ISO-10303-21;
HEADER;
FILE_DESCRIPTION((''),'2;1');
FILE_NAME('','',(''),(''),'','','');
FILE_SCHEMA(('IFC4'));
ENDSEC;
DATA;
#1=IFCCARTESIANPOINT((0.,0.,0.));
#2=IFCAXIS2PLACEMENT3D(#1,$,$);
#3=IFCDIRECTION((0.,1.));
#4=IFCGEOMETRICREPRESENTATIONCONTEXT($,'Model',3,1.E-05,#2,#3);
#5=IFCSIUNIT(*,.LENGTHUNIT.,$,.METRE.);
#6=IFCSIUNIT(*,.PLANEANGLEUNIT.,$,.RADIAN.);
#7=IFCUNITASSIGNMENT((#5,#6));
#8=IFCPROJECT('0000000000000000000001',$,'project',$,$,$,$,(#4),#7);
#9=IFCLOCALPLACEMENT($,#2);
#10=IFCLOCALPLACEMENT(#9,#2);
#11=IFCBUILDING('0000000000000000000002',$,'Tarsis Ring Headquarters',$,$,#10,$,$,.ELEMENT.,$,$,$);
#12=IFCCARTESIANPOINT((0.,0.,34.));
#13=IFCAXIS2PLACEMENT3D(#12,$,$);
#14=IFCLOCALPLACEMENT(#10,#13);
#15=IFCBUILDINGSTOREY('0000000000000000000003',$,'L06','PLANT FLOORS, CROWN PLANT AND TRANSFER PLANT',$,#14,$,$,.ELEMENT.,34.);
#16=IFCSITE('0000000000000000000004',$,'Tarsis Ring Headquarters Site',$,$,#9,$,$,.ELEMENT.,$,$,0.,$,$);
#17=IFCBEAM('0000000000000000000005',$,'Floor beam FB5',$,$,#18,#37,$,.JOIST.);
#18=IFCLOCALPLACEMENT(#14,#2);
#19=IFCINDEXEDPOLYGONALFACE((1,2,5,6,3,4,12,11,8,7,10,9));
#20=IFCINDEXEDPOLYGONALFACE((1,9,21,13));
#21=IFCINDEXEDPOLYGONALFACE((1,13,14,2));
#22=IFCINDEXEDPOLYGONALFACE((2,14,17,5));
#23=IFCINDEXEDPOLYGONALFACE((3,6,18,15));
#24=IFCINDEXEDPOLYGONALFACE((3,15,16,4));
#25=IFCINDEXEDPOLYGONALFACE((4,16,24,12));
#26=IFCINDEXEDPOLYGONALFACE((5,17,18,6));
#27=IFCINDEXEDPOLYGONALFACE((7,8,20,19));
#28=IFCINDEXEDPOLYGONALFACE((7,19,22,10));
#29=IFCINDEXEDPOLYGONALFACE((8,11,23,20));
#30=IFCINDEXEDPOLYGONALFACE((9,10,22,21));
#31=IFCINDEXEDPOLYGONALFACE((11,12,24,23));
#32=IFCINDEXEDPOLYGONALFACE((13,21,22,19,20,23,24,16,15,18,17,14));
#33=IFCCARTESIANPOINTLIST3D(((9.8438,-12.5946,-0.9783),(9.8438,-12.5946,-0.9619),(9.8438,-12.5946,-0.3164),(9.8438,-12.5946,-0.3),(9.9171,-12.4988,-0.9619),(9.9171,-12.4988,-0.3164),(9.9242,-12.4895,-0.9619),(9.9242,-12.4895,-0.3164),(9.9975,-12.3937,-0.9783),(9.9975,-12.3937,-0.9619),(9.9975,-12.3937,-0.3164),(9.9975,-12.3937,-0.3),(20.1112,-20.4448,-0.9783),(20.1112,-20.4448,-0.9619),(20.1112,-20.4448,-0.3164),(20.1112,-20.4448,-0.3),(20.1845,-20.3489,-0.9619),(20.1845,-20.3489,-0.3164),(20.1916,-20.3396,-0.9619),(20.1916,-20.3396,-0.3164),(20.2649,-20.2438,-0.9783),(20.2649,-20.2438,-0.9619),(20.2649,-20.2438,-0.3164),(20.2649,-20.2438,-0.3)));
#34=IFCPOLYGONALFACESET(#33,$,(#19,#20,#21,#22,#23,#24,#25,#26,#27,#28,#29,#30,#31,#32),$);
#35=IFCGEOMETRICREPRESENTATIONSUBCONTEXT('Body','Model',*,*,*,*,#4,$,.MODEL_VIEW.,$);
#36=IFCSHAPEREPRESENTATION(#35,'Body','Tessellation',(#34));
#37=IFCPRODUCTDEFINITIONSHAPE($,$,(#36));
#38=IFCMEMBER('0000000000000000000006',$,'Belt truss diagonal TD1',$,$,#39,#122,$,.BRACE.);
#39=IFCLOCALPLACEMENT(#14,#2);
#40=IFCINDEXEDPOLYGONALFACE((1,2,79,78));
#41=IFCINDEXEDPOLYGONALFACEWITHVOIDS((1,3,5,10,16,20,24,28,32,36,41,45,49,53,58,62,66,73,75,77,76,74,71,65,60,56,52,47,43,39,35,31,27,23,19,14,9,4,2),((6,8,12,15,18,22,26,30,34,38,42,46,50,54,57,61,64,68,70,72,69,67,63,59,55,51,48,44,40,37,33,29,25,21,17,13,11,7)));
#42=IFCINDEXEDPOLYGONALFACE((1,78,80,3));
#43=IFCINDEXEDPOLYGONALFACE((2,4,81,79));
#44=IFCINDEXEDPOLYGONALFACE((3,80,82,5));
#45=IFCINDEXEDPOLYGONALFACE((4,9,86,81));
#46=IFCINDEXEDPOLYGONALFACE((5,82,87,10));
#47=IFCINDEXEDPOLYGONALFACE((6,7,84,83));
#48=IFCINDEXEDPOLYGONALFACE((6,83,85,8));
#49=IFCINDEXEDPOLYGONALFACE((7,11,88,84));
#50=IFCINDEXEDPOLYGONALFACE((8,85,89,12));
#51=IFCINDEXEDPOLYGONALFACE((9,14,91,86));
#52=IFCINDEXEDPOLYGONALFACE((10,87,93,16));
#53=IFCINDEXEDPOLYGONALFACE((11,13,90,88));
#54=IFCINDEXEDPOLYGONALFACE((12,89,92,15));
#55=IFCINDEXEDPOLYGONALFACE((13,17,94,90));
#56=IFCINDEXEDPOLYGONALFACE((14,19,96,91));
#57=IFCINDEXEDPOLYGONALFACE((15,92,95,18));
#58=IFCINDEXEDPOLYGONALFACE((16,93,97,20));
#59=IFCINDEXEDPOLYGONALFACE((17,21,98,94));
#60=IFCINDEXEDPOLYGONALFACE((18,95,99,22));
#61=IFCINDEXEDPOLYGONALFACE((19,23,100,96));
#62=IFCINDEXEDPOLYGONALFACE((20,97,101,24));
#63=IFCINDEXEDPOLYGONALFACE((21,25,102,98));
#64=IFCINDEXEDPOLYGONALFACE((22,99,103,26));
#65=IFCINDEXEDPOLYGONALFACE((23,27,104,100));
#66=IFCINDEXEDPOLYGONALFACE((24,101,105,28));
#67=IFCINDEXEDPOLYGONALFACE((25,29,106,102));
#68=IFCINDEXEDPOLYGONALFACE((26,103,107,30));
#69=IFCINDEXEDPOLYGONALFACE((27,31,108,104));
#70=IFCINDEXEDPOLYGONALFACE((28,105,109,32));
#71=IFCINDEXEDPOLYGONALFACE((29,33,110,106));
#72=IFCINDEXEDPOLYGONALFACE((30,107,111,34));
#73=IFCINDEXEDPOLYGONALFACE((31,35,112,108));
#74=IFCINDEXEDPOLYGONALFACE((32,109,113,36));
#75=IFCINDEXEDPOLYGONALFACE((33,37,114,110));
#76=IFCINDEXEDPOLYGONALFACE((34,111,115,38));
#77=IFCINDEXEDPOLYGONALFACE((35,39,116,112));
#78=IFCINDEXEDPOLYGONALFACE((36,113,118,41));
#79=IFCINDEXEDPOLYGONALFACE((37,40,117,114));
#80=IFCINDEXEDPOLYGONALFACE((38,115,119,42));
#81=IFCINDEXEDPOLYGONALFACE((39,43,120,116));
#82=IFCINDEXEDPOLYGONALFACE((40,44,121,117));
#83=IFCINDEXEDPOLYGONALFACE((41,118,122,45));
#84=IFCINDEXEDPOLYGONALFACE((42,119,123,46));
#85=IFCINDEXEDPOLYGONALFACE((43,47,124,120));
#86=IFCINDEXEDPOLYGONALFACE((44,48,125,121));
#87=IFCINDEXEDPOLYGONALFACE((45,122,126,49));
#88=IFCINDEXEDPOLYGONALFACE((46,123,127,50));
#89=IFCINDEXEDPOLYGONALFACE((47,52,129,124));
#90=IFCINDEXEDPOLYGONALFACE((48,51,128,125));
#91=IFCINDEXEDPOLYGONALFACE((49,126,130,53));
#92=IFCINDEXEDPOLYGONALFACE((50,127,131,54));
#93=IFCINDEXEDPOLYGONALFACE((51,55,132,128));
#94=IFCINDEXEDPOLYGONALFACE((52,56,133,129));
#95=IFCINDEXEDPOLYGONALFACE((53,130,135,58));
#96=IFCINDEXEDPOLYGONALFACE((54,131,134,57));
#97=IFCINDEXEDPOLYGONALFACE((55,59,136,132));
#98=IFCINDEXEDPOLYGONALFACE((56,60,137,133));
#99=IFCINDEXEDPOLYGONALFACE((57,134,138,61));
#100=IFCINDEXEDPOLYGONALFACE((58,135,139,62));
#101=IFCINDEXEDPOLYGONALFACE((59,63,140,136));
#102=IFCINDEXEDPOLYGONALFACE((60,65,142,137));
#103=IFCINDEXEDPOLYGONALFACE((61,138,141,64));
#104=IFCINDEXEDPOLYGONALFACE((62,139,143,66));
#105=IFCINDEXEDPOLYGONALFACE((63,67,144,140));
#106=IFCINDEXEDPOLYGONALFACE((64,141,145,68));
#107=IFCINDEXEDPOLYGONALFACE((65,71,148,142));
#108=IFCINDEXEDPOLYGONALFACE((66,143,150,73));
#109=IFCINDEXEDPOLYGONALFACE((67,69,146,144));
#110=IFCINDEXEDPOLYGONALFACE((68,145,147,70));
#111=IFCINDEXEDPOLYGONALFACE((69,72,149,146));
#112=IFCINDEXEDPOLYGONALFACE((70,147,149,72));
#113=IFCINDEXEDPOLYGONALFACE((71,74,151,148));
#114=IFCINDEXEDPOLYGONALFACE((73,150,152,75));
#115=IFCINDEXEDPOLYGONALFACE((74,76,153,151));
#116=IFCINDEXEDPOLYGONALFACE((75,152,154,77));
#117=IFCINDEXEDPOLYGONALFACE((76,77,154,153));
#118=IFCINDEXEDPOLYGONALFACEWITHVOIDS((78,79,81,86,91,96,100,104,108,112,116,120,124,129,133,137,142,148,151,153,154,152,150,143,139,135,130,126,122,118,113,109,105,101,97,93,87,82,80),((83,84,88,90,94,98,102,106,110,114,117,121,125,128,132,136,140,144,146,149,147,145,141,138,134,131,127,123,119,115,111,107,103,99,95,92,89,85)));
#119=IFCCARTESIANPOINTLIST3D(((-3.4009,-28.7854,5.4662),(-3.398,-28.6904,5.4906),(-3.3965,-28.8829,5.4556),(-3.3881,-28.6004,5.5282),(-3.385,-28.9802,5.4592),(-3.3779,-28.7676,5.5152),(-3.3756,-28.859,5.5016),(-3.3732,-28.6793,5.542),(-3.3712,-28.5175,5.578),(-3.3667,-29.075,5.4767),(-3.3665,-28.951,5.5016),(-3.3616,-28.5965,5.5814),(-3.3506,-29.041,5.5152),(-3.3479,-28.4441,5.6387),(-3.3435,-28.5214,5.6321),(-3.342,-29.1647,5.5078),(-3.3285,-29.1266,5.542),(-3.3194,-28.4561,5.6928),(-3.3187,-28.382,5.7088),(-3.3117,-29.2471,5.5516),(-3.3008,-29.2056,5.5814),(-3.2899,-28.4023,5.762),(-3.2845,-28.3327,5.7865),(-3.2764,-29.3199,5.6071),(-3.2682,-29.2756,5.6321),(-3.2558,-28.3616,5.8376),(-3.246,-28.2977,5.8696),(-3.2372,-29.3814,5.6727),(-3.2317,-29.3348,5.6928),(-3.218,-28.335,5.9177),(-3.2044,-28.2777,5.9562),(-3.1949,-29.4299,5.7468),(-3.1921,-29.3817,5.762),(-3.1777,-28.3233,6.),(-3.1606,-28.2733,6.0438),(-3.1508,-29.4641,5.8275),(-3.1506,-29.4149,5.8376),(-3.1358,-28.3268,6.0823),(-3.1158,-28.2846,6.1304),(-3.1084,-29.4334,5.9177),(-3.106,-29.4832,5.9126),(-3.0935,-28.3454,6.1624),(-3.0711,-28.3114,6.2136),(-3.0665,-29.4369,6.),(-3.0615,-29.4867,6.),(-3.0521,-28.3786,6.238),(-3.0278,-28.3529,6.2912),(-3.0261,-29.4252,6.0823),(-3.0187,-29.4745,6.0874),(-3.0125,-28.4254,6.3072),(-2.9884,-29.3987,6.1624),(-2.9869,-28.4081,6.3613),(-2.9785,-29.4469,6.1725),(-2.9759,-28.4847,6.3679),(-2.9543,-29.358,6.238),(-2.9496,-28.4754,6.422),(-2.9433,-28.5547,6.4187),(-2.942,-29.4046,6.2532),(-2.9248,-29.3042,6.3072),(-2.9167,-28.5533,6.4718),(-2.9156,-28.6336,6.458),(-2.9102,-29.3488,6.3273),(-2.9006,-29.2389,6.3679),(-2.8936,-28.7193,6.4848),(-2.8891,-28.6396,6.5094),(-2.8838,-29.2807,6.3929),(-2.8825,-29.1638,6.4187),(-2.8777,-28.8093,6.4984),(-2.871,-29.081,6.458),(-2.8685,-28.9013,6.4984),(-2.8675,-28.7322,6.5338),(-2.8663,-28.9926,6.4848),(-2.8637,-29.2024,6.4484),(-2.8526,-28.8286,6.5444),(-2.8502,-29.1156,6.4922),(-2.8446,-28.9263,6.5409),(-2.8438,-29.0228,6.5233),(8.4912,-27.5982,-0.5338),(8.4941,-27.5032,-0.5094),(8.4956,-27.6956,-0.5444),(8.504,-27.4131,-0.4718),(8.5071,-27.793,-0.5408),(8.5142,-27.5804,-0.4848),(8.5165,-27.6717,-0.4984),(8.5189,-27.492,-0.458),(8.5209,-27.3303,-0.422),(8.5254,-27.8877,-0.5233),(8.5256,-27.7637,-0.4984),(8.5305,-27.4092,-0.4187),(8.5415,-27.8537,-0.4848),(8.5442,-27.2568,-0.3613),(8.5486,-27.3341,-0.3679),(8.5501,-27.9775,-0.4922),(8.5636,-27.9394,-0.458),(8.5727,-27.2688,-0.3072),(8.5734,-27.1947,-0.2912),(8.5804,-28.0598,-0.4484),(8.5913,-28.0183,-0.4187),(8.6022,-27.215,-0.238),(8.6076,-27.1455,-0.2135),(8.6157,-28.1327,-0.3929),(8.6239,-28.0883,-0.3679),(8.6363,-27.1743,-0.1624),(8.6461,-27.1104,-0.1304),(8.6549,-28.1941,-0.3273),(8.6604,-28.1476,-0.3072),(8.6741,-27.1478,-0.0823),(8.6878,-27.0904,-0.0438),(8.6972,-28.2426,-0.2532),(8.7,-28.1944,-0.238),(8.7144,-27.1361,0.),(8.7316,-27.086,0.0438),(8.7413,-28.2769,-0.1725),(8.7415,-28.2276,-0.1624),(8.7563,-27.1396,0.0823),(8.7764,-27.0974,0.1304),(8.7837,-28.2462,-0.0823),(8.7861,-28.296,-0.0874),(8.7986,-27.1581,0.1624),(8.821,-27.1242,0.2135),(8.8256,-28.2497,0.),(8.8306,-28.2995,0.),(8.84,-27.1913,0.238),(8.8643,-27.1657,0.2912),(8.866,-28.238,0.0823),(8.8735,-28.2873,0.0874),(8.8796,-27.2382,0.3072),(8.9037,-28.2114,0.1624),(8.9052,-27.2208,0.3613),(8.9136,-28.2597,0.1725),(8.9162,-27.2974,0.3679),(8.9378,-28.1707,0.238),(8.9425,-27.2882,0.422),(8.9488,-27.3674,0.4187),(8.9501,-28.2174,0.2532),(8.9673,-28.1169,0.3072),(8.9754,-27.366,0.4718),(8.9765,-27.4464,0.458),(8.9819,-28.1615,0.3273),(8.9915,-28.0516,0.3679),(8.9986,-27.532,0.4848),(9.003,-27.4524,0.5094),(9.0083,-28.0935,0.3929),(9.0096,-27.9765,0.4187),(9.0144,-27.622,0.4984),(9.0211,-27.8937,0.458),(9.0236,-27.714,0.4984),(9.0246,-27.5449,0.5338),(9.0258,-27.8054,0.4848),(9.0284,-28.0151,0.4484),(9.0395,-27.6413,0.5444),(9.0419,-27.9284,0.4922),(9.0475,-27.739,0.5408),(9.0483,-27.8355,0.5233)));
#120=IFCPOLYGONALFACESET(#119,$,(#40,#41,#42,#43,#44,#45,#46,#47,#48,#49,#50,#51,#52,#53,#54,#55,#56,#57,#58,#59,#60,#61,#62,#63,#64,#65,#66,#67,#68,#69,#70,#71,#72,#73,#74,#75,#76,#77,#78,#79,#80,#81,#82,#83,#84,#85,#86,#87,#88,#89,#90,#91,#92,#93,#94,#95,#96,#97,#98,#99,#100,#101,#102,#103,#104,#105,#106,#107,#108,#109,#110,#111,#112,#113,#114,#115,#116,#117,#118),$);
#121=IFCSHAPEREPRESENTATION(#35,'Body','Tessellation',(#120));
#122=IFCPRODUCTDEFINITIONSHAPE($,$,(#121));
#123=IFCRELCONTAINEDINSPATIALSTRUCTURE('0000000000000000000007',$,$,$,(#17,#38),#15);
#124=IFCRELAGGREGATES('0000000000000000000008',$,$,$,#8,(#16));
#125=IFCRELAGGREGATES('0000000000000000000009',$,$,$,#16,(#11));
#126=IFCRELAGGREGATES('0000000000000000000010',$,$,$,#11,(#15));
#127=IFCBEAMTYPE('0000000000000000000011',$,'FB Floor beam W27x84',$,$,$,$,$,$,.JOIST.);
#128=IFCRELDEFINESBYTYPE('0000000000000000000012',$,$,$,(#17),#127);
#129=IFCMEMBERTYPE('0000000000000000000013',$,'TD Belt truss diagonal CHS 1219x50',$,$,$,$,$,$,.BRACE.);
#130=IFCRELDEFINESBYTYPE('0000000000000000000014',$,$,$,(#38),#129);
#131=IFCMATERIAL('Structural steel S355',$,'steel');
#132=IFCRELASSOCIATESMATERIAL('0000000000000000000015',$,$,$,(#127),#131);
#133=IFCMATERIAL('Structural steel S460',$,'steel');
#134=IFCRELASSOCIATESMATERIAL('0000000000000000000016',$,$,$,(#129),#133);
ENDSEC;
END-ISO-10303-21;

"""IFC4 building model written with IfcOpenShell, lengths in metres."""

from ifc_helpers import new_model, si_unit, direction, frame, origin, origin_2d, place, context, subcontext, project, spatial, hollow_circle, i_section, extrude, material, material_profile, profile_set, type_object, element, save


model = new_model("IFC4")

# Units and contexts
model_context = context("Model", 3, precision=1e-05, world=origin(), true_north=direction((0.0, 1.0)))
body_context = subcontext(model_context, "Body", "Model", "MODEL_VIEW")
ifc_project = project(units=[si_unit("LENGTHUNIT", "METRE"), si_unit("PLANEANGLEUNIT", "RADIAN")], contexts=[model_context])

# Site, building, storey
site_placement = place(None, origin())
site = spatial("IfcSite", under=ifc_project, at=site_placement, Name="Tarsis Ring Headquarters Site", CompositionType="ELEMENT", RefElevation=0.0)
building_placement = place(site_placement, origin())
building = spatial("IfcBuilding", under=site, at=building_placement, Name="Tarsis Ring Headquarters", CompositionType="ELEMENT")
storey_placement = place(building_placement, frame((0.0, 0.0, 34.0)))
storey = spatial("IfcBuildingStorey", under=building, at=storey_placement, Name="L06", Description="PLANT FLOORS, CROWN PLANT AND TRANSFER PLANT", CompositionType="ELEMENT", Elevation=34.0)

# Shared definitions
ifc_material_1 = material(Name="Structural steel S460", Category="steel")
ifc_material_profile_1 = material_profile(ifc_material_1, hollow_circle(Radius=0.6096, WallThickness=0.05, at=origin_2d()), Name="CHS 1219x50")
ifc_profile_set_1 = profile_set([ifc_material_profile_1], Name="Structural steel S460")

# Beam
ifc_material_2 = material(Name="Structural steel S355", Category="steel")
ifc_material_profile_2 = material_profile(ifc_material_2, i_section(OverallWidth=0.2529, OverallDepth=0.6782, WebThickness=0.0117, FlangeThickness=0.0164, at=origin_2d()), Name="W27x84")
ifc_profile_set_2 = profile_set([ifc_material_profile_2], Name="Structural steel S355")
beam_type_1 = type_object("IfcBeamType", Name="FB Floor beam W27x84", PredefinedType="JOIST", material=ifc_profile_set_2)
beam_1_placement = place(storey_placement, frame((9.9207, -12.4941, -0.6392), z_axis=(0.79441, -0.607382, 0.0), x_axis=(0.607382, 0.79441, 0.0)))
element("IfcBeam", 1, at=beam_1_placement, inside=storey, type_object=beam_type_1, Name="Floor beam FB5", PredefinedType="JOIST", context=body_context, shape_type="SweptSolid", body=[
    extrude(i_section(OverallWidth=0.2529, OverallDepth=0.6782, WebThickness=0.0117, FlangeThickness=0.0164, at=origin_2d()), origin(), (0.0, 0.0, 1.0), 12.9246),
])

# Member
member_type = type_object("IfcMemberType", Name="TD Belt truss diagonal CHS 1219x50", PredefinedType="BRACE", material=ifc_profile_set_1)
member_1_placement = place(storey_placement, frame((8.77, -27.6929, 0.0), z_axis=(-0.889275, -0.088781, 0.448672), x_axis=(0.099342, -0.995053, 0.0)))
element("IfcMember", 2, at=member_1_placement, inside=storey, type_object=member_type, Name="Belt truss diagonal TD1", PredefinedType="BRACE", context=body_context, shape_type="SweptSolid", body=[
    extrude(hollow_circle(Radius=0.6096, WallThickness=0.05, at=origin_2d()), origin(), (0.0, 0.0, 1.0), 13.3728),
])

save(model, "model.ifc")
